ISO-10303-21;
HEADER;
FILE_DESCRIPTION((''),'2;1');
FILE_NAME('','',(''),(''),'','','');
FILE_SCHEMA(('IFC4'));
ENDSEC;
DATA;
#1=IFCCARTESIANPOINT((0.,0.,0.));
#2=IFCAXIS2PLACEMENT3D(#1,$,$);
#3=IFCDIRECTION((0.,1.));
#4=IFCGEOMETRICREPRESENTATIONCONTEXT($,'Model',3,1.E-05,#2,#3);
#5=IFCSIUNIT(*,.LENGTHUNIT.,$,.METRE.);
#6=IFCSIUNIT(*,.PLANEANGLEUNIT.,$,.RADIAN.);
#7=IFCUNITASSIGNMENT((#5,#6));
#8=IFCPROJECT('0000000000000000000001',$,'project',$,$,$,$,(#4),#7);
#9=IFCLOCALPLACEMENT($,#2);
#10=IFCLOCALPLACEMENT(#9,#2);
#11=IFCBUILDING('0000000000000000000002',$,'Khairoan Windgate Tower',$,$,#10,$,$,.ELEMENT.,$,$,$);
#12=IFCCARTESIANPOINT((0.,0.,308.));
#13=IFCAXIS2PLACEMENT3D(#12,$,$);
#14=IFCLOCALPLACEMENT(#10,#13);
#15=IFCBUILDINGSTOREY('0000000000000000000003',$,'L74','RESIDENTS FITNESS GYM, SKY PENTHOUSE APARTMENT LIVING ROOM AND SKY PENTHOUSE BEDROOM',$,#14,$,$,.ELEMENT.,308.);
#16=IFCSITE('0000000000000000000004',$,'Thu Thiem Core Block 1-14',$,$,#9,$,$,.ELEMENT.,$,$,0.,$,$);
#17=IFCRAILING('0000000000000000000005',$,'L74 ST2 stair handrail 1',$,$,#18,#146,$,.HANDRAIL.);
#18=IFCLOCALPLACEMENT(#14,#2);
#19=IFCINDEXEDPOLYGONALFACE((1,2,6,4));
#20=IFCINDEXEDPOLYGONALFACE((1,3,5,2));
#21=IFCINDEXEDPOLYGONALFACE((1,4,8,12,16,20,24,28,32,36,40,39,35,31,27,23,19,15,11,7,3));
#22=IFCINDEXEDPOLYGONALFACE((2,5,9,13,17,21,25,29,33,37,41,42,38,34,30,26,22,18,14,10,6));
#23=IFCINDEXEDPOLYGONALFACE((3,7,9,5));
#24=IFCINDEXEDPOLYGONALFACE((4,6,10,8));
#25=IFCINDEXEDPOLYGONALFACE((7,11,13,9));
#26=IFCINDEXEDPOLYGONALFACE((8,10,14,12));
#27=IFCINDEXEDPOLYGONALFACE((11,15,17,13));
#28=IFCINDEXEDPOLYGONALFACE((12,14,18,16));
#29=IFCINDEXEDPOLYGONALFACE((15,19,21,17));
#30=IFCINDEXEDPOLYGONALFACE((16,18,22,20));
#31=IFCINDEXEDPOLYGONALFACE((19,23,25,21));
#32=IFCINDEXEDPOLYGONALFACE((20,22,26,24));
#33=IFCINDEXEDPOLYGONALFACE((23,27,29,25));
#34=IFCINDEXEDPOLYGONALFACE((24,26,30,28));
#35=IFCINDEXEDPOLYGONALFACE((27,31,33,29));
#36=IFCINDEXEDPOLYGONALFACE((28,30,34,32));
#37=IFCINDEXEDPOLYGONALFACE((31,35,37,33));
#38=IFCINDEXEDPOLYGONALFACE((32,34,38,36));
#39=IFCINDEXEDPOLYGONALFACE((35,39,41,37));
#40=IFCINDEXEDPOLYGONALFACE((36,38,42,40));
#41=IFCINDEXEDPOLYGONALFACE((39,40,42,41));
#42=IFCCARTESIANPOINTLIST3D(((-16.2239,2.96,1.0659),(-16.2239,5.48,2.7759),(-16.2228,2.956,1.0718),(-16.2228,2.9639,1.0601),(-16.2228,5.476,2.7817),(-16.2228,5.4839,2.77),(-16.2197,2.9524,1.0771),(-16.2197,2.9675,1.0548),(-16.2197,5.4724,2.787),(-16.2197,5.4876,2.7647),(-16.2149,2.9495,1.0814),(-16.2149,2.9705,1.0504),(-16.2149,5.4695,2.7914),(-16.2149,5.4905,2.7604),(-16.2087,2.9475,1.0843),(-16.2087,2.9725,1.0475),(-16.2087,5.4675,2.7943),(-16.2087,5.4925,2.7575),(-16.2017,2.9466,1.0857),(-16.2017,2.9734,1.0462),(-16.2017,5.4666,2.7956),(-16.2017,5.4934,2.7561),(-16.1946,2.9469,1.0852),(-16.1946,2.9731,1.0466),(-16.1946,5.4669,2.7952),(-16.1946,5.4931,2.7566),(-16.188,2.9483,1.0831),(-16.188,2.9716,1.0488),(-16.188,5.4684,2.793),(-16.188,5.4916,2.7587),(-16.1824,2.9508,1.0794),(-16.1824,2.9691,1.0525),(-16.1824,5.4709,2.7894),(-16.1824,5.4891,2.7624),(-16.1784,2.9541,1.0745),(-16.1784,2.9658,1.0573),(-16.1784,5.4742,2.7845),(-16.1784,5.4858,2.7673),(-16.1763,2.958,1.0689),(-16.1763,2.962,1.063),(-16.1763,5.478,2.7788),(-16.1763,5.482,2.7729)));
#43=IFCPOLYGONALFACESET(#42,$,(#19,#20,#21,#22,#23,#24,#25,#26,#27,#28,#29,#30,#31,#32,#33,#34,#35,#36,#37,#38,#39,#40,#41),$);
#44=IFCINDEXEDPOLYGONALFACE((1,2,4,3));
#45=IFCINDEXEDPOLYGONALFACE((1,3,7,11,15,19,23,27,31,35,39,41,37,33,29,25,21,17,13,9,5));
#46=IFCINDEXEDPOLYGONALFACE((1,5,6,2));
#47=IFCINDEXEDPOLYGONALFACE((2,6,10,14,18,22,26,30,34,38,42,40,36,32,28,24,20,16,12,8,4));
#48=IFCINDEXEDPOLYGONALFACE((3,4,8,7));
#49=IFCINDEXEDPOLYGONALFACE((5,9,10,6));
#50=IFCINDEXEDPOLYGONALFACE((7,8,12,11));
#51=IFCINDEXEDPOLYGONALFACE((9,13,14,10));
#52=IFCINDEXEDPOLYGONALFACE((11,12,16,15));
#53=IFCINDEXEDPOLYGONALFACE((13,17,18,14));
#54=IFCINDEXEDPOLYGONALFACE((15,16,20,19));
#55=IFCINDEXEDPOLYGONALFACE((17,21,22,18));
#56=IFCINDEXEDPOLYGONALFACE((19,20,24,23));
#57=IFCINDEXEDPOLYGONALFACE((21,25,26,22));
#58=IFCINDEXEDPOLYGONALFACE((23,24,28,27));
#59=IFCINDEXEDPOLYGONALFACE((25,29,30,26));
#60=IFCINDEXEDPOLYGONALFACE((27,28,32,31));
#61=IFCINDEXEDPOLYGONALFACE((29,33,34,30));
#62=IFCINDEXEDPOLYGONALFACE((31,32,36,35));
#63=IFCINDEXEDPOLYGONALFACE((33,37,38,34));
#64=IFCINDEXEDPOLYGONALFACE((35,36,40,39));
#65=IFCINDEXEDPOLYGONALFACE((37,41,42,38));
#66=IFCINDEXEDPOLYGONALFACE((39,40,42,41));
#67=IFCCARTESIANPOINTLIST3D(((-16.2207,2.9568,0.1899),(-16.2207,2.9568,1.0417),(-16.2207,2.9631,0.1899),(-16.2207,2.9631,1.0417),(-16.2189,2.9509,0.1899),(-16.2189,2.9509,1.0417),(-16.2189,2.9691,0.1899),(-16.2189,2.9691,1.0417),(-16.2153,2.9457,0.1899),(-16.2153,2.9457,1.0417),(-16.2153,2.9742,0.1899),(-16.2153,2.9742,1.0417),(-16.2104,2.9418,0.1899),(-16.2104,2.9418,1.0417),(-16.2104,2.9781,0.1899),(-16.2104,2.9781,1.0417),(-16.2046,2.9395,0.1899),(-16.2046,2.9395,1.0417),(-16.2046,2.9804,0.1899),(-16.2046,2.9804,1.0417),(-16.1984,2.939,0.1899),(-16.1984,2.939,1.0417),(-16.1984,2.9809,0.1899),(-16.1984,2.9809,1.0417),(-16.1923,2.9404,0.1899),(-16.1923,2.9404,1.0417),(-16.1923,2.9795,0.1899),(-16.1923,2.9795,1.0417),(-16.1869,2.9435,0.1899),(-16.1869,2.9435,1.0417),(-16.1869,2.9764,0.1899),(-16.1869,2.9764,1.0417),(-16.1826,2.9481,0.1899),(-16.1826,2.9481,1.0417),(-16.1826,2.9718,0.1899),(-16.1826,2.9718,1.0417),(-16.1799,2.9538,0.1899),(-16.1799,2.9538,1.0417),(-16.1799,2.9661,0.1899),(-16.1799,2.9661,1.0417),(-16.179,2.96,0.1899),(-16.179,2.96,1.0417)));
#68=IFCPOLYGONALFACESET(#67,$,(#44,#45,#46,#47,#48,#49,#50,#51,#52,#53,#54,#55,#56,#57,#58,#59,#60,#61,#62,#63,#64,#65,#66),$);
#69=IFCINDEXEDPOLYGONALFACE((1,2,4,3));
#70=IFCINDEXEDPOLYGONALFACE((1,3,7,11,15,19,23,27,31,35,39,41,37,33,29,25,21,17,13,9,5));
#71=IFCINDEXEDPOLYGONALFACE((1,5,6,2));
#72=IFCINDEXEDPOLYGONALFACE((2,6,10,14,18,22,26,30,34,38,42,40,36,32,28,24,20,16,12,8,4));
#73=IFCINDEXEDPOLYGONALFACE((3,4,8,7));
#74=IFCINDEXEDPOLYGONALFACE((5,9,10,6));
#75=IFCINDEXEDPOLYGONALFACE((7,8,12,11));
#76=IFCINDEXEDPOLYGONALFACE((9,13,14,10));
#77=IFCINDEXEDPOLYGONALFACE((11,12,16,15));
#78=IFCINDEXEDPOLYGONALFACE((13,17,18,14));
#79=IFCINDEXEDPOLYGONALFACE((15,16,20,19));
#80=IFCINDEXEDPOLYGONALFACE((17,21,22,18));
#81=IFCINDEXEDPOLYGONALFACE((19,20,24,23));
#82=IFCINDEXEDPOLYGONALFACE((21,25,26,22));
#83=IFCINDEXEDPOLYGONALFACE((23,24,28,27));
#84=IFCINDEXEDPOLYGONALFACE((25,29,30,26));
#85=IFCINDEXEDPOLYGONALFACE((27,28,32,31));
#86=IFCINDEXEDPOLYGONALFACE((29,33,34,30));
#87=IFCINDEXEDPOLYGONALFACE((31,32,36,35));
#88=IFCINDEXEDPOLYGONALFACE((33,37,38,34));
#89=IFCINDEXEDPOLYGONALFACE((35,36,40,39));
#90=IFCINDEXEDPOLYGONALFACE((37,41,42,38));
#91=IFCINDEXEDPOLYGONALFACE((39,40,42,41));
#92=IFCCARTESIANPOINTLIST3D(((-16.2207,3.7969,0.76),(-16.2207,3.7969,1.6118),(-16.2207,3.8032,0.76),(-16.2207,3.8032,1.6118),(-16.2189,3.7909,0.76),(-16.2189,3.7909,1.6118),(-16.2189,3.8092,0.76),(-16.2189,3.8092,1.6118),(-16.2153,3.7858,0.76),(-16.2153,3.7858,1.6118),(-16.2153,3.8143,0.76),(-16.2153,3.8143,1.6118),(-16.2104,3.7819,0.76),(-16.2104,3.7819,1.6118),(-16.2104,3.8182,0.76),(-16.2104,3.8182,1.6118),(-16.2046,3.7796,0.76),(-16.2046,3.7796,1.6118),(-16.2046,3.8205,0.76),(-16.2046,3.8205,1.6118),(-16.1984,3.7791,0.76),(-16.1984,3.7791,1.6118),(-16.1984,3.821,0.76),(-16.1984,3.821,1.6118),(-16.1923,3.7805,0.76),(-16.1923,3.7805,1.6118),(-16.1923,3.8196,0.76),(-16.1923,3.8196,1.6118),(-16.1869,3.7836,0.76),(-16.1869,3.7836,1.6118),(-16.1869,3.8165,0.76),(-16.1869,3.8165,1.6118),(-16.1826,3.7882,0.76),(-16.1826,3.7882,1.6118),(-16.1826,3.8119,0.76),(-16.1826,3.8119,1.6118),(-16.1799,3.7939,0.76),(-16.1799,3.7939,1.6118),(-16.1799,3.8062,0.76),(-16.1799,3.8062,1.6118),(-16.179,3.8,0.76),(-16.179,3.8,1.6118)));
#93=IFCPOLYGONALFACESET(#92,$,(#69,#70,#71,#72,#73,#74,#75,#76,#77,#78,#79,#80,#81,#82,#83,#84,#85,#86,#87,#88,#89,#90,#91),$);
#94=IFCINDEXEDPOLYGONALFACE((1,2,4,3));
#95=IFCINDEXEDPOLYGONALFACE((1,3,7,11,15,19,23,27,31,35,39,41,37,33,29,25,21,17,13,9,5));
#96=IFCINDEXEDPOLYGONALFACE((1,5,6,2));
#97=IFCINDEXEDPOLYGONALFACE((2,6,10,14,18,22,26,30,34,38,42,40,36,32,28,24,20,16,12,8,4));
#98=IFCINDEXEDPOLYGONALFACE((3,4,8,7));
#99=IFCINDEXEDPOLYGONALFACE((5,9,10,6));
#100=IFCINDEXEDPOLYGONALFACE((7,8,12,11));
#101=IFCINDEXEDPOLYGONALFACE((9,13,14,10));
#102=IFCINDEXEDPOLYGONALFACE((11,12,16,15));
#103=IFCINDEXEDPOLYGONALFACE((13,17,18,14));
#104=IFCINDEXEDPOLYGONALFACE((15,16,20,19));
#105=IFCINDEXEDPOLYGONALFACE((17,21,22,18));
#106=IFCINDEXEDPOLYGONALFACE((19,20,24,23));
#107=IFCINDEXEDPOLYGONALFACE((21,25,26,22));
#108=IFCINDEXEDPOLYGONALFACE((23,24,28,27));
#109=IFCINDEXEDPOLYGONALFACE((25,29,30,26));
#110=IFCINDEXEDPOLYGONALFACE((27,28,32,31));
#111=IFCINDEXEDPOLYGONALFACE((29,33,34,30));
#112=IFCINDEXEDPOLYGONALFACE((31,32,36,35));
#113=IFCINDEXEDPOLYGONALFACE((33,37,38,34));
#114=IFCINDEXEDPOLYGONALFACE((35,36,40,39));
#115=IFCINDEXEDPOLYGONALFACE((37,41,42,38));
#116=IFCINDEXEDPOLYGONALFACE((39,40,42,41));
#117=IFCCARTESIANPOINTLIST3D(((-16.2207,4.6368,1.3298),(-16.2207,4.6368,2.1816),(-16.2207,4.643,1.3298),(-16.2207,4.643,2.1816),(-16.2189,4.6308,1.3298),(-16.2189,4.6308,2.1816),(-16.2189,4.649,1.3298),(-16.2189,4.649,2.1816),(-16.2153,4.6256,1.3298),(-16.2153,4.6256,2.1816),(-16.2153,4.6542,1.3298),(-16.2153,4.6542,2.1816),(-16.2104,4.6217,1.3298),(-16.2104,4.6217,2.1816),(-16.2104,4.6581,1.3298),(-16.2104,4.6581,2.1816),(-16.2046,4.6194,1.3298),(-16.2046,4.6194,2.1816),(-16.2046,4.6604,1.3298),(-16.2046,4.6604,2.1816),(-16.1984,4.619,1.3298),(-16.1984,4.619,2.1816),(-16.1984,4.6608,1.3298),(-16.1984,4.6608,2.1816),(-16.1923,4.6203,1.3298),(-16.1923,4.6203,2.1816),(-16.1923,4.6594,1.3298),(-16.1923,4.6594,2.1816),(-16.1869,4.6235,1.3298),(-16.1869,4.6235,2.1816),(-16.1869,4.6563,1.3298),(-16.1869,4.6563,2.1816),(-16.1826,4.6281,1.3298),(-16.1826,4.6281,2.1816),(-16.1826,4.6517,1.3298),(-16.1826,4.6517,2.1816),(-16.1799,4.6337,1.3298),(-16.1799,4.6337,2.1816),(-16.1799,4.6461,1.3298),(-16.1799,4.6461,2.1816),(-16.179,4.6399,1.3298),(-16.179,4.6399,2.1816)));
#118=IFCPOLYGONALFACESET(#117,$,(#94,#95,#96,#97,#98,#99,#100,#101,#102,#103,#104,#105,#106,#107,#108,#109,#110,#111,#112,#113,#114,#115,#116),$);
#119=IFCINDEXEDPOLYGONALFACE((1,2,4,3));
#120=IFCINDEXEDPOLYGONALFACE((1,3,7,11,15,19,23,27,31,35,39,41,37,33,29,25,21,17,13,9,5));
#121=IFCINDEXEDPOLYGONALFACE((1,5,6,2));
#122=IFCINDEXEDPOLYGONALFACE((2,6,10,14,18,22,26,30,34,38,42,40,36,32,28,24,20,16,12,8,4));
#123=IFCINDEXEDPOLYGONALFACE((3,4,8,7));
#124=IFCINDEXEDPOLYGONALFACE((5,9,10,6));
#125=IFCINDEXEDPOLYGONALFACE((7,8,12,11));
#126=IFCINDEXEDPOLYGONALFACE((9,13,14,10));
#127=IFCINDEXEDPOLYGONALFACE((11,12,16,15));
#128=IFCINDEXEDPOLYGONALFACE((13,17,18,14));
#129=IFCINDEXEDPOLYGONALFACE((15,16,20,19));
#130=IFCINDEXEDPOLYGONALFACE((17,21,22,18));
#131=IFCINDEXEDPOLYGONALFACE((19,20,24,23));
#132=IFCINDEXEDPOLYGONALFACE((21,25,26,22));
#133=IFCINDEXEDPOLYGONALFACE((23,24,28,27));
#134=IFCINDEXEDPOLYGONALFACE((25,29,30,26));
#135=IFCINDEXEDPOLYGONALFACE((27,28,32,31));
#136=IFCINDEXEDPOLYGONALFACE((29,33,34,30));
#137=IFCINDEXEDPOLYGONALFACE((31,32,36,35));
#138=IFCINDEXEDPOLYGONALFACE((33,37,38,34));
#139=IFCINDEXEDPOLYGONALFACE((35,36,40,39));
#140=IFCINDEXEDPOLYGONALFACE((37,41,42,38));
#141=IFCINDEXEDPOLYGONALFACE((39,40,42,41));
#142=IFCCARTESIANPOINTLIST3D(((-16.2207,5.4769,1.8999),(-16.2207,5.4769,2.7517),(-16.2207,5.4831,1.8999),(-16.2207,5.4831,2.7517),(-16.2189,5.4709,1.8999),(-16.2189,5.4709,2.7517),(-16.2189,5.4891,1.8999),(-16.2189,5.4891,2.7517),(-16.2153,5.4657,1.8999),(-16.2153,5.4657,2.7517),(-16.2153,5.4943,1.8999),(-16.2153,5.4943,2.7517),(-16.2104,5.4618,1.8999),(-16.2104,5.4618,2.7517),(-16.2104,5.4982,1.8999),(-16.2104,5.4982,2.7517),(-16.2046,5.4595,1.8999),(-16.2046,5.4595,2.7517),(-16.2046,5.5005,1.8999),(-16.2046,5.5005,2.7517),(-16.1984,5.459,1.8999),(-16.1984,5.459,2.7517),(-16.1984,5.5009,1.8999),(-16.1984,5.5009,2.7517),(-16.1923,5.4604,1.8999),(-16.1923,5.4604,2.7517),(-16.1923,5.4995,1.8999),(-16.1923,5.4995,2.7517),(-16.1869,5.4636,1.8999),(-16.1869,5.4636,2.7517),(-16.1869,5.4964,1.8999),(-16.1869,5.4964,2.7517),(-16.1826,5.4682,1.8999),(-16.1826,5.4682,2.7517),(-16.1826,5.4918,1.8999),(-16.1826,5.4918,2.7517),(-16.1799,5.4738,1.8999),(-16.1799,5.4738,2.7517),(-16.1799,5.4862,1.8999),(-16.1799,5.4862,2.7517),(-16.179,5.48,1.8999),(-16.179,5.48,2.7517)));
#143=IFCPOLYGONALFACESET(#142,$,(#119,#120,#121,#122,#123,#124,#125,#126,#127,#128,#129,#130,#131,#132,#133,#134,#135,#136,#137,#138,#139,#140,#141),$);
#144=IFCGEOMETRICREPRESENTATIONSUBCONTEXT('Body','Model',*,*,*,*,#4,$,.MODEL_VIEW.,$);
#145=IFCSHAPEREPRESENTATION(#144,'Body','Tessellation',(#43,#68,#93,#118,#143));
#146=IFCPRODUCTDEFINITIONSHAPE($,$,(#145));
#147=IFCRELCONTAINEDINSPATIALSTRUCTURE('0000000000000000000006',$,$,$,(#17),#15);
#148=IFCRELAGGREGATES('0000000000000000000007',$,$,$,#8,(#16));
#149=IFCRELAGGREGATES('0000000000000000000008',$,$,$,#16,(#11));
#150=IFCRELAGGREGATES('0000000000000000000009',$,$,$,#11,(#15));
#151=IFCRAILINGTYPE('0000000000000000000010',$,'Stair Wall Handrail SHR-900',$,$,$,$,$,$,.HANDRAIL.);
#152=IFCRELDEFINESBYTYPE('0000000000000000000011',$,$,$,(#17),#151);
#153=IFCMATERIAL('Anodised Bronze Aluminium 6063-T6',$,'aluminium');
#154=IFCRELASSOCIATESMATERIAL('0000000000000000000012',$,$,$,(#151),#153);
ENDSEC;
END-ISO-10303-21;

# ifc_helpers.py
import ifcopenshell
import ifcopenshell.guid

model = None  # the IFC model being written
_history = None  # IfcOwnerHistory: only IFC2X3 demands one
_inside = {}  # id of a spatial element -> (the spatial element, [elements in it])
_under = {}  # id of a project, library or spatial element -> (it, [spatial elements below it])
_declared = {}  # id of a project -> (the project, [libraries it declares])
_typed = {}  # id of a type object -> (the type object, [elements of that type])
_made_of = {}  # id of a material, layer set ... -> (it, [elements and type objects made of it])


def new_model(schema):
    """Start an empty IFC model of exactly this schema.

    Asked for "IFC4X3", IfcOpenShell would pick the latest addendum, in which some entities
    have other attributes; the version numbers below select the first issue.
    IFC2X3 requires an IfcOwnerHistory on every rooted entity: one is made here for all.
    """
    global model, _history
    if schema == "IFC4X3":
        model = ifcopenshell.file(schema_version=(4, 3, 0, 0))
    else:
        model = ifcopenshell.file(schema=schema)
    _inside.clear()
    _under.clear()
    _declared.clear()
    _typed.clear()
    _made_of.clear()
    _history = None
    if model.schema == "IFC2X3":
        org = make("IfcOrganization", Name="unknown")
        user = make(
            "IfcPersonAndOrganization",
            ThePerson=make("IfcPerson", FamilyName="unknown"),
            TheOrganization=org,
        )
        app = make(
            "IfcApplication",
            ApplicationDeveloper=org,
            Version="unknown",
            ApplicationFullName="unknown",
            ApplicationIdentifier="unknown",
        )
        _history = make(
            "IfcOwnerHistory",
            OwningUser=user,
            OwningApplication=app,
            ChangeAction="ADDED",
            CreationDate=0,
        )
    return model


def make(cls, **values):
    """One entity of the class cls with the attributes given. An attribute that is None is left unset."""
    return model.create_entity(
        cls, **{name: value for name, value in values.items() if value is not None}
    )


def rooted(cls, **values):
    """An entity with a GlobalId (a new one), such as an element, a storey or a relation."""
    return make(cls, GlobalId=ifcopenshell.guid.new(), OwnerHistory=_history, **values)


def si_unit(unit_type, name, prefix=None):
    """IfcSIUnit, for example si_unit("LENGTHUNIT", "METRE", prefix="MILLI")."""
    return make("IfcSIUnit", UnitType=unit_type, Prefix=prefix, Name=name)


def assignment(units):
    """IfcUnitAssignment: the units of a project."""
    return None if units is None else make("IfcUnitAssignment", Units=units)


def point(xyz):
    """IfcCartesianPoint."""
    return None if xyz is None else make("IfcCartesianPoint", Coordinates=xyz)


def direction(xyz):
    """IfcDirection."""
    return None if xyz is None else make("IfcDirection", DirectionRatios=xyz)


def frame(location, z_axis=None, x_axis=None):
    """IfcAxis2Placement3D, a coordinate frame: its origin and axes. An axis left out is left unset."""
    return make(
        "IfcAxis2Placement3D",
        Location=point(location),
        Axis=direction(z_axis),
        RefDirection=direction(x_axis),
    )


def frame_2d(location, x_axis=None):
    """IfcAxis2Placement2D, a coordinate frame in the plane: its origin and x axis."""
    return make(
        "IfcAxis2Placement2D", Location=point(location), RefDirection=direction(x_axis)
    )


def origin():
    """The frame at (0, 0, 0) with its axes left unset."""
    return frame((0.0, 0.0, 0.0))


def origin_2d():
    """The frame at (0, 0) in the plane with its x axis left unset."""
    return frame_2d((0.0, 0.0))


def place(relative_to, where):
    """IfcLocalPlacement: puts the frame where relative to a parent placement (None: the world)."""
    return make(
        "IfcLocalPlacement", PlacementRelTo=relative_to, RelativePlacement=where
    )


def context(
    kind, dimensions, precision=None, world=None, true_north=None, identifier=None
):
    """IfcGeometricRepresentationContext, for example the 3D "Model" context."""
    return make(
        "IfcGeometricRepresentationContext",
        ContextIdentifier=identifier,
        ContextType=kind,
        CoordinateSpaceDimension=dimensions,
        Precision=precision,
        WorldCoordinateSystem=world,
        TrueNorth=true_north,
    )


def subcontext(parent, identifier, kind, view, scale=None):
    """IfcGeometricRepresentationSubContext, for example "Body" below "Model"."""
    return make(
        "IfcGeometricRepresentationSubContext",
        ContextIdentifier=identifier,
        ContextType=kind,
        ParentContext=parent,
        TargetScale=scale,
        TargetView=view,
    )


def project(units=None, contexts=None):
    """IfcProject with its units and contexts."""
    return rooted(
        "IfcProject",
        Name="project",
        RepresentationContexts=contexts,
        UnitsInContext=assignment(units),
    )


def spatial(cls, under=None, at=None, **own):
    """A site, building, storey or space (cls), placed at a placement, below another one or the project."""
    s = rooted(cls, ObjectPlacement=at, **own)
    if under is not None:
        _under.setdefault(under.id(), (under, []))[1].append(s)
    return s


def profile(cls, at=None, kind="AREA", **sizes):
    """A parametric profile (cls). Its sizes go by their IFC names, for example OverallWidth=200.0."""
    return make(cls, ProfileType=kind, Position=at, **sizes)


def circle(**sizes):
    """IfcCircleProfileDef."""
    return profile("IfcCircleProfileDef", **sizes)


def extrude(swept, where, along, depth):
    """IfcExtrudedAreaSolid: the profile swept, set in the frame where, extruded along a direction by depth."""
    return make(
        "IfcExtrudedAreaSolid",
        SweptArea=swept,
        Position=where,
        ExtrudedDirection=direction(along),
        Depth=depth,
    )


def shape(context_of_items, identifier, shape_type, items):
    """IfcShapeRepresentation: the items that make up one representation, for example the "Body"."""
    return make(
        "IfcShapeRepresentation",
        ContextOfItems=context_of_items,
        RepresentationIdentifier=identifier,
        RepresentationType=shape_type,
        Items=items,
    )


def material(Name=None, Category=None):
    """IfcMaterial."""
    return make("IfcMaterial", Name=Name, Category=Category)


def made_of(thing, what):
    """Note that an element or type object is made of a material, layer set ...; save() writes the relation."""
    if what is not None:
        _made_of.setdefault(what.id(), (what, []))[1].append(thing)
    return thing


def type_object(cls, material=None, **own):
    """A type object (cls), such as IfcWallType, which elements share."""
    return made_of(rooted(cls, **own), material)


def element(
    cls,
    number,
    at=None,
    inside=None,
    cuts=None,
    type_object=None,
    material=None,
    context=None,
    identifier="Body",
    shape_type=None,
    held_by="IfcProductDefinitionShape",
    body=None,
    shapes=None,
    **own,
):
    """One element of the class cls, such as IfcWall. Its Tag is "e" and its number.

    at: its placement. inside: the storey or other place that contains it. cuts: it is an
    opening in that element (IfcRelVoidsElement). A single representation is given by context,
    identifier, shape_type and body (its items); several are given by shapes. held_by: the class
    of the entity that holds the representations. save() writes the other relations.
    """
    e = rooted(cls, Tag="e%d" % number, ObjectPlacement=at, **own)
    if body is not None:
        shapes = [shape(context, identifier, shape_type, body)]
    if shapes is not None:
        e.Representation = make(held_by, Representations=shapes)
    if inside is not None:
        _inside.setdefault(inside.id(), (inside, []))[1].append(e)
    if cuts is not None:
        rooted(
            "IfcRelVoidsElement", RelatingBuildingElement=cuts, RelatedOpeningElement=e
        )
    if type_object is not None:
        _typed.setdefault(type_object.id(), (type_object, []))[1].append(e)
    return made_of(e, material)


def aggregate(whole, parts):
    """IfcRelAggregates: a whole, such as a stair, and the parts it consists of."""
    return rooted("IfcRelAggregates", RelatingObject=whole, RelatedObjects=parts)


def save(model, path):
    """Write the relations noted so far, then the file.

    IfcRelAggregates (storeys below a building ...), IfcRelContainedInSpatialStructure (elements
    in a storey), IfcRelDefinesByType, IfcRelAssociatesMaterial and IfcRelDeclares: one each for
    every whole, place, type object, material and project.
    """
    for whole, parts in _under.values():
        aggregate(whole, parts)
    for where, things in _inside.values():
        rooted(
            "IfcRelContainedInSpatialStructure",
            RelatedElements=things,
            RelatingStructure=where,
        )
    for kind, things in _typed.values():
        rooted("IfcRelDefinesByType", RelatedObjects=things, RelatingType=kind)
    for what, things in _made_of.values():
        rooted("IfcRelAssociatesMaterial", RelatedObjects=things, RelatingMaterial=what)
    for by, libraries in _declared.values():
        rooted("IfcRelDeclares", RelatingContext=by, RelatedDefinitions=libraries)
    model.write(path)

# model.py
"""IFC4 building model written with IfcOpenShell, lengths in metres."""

from ifc_helpers import new_model, si_unit, direction, frame, origin, origin_2d, place, context, subcontext, project, spatial, circle, extrude, material, type_object, element, save


model = new_model("IFC4")

# Units and contexts
model_context = context("Model", 3, precision=1e-05, world=origin(), true_north=direction((0.0, 1.0)))
body_context = subcontext(model_context, "Body", "Model", "MODEL_VIEW")
ifc_project = project(units=[si_unit("LENGTHUNIT", "METRE"), si_unit("PLANEANGLEUNIT", "RADIAN")], contexts=[model_context])

# Site, building, storey
site_placement = place(None, origin())
site = spatial("IfcSite", under=ifc_project, at=site_placement, Name="Thu Thiem Core Block 1-14", CompositionType="ELEMENT", RefElevation=0.0)
building_placement = place(site_placement, origin())
building = spatial("IfcBuilding", under=site, at=building_placement, Name="Khairoan Windgate Tower", CompositionType="ELEMENT")
storey_placement = place(building_placement, frame((0.0, 0.0, 308.0)))
storey = spatial("IfcBuildingStorey", under=building, at=storey_placement, Name="L74", Description="RESIDENTS FITNESS GYM, SKY PENTHOUSE APARTMENT LIVING ROOM AND SKY PENTHOUSE BEDROOM", CompositionType="ELEMENT", Elevation=308.0)

# Railing
ifc_material_1 = material(Name="Anodised Bronze Aluminium 6063-T6", Category="aluminium")
railing_type_1 = type_object("IfcRailingType", Name="Stair Wall Handrail SHR-900", PredefinedType="HANDRAIL", material=ifc_material_1)
railing_1_placement = place(storey_placement, frame((-16.2, 2.96, 0.1899)))
element("IfcRailing", 1, at=railing_1_placement, inside=storey, type_object=railing_type_1, Name="L74 ST2 stair handrail 1", PredefinedType="HANDRAIL", context=body_context, shape_type="SweptSolid", body=[
    extrude(circle(Radius=0.0239, at=origin_2d()), frame((0.0, 0.0, 0.876), z_axis=(0.0, 0.827484, 0.56149), x_axis=(-1.0, 0.0, 0.0)), (0.0, 0.0, 1.0), 3.0454),
    extrude(circle(Radius=0.021, at=origin_2d()), origin(), (0.0, 0.0, 1.0), 0.8518),
    extrude(circle(Radius=0.021, at=origin_2d()), frame((0.0, 0.8401, 0.5701)), (0.0, 0.0, 1.0), 0.8518),
    extrude(circle(Radius=0.021, at=origin_2d()), frame((0.0, 1.6799, 1.1399)), (0.0, 0.0, 1.0), 0.8518),
    extrude(circle(Radius=0.021, at=origin_2d()), frame((0.0, 2.52, 1.71)), (0.0, 0.0, 1.0), 0.8518),
])

save(model, "model.ifc")
